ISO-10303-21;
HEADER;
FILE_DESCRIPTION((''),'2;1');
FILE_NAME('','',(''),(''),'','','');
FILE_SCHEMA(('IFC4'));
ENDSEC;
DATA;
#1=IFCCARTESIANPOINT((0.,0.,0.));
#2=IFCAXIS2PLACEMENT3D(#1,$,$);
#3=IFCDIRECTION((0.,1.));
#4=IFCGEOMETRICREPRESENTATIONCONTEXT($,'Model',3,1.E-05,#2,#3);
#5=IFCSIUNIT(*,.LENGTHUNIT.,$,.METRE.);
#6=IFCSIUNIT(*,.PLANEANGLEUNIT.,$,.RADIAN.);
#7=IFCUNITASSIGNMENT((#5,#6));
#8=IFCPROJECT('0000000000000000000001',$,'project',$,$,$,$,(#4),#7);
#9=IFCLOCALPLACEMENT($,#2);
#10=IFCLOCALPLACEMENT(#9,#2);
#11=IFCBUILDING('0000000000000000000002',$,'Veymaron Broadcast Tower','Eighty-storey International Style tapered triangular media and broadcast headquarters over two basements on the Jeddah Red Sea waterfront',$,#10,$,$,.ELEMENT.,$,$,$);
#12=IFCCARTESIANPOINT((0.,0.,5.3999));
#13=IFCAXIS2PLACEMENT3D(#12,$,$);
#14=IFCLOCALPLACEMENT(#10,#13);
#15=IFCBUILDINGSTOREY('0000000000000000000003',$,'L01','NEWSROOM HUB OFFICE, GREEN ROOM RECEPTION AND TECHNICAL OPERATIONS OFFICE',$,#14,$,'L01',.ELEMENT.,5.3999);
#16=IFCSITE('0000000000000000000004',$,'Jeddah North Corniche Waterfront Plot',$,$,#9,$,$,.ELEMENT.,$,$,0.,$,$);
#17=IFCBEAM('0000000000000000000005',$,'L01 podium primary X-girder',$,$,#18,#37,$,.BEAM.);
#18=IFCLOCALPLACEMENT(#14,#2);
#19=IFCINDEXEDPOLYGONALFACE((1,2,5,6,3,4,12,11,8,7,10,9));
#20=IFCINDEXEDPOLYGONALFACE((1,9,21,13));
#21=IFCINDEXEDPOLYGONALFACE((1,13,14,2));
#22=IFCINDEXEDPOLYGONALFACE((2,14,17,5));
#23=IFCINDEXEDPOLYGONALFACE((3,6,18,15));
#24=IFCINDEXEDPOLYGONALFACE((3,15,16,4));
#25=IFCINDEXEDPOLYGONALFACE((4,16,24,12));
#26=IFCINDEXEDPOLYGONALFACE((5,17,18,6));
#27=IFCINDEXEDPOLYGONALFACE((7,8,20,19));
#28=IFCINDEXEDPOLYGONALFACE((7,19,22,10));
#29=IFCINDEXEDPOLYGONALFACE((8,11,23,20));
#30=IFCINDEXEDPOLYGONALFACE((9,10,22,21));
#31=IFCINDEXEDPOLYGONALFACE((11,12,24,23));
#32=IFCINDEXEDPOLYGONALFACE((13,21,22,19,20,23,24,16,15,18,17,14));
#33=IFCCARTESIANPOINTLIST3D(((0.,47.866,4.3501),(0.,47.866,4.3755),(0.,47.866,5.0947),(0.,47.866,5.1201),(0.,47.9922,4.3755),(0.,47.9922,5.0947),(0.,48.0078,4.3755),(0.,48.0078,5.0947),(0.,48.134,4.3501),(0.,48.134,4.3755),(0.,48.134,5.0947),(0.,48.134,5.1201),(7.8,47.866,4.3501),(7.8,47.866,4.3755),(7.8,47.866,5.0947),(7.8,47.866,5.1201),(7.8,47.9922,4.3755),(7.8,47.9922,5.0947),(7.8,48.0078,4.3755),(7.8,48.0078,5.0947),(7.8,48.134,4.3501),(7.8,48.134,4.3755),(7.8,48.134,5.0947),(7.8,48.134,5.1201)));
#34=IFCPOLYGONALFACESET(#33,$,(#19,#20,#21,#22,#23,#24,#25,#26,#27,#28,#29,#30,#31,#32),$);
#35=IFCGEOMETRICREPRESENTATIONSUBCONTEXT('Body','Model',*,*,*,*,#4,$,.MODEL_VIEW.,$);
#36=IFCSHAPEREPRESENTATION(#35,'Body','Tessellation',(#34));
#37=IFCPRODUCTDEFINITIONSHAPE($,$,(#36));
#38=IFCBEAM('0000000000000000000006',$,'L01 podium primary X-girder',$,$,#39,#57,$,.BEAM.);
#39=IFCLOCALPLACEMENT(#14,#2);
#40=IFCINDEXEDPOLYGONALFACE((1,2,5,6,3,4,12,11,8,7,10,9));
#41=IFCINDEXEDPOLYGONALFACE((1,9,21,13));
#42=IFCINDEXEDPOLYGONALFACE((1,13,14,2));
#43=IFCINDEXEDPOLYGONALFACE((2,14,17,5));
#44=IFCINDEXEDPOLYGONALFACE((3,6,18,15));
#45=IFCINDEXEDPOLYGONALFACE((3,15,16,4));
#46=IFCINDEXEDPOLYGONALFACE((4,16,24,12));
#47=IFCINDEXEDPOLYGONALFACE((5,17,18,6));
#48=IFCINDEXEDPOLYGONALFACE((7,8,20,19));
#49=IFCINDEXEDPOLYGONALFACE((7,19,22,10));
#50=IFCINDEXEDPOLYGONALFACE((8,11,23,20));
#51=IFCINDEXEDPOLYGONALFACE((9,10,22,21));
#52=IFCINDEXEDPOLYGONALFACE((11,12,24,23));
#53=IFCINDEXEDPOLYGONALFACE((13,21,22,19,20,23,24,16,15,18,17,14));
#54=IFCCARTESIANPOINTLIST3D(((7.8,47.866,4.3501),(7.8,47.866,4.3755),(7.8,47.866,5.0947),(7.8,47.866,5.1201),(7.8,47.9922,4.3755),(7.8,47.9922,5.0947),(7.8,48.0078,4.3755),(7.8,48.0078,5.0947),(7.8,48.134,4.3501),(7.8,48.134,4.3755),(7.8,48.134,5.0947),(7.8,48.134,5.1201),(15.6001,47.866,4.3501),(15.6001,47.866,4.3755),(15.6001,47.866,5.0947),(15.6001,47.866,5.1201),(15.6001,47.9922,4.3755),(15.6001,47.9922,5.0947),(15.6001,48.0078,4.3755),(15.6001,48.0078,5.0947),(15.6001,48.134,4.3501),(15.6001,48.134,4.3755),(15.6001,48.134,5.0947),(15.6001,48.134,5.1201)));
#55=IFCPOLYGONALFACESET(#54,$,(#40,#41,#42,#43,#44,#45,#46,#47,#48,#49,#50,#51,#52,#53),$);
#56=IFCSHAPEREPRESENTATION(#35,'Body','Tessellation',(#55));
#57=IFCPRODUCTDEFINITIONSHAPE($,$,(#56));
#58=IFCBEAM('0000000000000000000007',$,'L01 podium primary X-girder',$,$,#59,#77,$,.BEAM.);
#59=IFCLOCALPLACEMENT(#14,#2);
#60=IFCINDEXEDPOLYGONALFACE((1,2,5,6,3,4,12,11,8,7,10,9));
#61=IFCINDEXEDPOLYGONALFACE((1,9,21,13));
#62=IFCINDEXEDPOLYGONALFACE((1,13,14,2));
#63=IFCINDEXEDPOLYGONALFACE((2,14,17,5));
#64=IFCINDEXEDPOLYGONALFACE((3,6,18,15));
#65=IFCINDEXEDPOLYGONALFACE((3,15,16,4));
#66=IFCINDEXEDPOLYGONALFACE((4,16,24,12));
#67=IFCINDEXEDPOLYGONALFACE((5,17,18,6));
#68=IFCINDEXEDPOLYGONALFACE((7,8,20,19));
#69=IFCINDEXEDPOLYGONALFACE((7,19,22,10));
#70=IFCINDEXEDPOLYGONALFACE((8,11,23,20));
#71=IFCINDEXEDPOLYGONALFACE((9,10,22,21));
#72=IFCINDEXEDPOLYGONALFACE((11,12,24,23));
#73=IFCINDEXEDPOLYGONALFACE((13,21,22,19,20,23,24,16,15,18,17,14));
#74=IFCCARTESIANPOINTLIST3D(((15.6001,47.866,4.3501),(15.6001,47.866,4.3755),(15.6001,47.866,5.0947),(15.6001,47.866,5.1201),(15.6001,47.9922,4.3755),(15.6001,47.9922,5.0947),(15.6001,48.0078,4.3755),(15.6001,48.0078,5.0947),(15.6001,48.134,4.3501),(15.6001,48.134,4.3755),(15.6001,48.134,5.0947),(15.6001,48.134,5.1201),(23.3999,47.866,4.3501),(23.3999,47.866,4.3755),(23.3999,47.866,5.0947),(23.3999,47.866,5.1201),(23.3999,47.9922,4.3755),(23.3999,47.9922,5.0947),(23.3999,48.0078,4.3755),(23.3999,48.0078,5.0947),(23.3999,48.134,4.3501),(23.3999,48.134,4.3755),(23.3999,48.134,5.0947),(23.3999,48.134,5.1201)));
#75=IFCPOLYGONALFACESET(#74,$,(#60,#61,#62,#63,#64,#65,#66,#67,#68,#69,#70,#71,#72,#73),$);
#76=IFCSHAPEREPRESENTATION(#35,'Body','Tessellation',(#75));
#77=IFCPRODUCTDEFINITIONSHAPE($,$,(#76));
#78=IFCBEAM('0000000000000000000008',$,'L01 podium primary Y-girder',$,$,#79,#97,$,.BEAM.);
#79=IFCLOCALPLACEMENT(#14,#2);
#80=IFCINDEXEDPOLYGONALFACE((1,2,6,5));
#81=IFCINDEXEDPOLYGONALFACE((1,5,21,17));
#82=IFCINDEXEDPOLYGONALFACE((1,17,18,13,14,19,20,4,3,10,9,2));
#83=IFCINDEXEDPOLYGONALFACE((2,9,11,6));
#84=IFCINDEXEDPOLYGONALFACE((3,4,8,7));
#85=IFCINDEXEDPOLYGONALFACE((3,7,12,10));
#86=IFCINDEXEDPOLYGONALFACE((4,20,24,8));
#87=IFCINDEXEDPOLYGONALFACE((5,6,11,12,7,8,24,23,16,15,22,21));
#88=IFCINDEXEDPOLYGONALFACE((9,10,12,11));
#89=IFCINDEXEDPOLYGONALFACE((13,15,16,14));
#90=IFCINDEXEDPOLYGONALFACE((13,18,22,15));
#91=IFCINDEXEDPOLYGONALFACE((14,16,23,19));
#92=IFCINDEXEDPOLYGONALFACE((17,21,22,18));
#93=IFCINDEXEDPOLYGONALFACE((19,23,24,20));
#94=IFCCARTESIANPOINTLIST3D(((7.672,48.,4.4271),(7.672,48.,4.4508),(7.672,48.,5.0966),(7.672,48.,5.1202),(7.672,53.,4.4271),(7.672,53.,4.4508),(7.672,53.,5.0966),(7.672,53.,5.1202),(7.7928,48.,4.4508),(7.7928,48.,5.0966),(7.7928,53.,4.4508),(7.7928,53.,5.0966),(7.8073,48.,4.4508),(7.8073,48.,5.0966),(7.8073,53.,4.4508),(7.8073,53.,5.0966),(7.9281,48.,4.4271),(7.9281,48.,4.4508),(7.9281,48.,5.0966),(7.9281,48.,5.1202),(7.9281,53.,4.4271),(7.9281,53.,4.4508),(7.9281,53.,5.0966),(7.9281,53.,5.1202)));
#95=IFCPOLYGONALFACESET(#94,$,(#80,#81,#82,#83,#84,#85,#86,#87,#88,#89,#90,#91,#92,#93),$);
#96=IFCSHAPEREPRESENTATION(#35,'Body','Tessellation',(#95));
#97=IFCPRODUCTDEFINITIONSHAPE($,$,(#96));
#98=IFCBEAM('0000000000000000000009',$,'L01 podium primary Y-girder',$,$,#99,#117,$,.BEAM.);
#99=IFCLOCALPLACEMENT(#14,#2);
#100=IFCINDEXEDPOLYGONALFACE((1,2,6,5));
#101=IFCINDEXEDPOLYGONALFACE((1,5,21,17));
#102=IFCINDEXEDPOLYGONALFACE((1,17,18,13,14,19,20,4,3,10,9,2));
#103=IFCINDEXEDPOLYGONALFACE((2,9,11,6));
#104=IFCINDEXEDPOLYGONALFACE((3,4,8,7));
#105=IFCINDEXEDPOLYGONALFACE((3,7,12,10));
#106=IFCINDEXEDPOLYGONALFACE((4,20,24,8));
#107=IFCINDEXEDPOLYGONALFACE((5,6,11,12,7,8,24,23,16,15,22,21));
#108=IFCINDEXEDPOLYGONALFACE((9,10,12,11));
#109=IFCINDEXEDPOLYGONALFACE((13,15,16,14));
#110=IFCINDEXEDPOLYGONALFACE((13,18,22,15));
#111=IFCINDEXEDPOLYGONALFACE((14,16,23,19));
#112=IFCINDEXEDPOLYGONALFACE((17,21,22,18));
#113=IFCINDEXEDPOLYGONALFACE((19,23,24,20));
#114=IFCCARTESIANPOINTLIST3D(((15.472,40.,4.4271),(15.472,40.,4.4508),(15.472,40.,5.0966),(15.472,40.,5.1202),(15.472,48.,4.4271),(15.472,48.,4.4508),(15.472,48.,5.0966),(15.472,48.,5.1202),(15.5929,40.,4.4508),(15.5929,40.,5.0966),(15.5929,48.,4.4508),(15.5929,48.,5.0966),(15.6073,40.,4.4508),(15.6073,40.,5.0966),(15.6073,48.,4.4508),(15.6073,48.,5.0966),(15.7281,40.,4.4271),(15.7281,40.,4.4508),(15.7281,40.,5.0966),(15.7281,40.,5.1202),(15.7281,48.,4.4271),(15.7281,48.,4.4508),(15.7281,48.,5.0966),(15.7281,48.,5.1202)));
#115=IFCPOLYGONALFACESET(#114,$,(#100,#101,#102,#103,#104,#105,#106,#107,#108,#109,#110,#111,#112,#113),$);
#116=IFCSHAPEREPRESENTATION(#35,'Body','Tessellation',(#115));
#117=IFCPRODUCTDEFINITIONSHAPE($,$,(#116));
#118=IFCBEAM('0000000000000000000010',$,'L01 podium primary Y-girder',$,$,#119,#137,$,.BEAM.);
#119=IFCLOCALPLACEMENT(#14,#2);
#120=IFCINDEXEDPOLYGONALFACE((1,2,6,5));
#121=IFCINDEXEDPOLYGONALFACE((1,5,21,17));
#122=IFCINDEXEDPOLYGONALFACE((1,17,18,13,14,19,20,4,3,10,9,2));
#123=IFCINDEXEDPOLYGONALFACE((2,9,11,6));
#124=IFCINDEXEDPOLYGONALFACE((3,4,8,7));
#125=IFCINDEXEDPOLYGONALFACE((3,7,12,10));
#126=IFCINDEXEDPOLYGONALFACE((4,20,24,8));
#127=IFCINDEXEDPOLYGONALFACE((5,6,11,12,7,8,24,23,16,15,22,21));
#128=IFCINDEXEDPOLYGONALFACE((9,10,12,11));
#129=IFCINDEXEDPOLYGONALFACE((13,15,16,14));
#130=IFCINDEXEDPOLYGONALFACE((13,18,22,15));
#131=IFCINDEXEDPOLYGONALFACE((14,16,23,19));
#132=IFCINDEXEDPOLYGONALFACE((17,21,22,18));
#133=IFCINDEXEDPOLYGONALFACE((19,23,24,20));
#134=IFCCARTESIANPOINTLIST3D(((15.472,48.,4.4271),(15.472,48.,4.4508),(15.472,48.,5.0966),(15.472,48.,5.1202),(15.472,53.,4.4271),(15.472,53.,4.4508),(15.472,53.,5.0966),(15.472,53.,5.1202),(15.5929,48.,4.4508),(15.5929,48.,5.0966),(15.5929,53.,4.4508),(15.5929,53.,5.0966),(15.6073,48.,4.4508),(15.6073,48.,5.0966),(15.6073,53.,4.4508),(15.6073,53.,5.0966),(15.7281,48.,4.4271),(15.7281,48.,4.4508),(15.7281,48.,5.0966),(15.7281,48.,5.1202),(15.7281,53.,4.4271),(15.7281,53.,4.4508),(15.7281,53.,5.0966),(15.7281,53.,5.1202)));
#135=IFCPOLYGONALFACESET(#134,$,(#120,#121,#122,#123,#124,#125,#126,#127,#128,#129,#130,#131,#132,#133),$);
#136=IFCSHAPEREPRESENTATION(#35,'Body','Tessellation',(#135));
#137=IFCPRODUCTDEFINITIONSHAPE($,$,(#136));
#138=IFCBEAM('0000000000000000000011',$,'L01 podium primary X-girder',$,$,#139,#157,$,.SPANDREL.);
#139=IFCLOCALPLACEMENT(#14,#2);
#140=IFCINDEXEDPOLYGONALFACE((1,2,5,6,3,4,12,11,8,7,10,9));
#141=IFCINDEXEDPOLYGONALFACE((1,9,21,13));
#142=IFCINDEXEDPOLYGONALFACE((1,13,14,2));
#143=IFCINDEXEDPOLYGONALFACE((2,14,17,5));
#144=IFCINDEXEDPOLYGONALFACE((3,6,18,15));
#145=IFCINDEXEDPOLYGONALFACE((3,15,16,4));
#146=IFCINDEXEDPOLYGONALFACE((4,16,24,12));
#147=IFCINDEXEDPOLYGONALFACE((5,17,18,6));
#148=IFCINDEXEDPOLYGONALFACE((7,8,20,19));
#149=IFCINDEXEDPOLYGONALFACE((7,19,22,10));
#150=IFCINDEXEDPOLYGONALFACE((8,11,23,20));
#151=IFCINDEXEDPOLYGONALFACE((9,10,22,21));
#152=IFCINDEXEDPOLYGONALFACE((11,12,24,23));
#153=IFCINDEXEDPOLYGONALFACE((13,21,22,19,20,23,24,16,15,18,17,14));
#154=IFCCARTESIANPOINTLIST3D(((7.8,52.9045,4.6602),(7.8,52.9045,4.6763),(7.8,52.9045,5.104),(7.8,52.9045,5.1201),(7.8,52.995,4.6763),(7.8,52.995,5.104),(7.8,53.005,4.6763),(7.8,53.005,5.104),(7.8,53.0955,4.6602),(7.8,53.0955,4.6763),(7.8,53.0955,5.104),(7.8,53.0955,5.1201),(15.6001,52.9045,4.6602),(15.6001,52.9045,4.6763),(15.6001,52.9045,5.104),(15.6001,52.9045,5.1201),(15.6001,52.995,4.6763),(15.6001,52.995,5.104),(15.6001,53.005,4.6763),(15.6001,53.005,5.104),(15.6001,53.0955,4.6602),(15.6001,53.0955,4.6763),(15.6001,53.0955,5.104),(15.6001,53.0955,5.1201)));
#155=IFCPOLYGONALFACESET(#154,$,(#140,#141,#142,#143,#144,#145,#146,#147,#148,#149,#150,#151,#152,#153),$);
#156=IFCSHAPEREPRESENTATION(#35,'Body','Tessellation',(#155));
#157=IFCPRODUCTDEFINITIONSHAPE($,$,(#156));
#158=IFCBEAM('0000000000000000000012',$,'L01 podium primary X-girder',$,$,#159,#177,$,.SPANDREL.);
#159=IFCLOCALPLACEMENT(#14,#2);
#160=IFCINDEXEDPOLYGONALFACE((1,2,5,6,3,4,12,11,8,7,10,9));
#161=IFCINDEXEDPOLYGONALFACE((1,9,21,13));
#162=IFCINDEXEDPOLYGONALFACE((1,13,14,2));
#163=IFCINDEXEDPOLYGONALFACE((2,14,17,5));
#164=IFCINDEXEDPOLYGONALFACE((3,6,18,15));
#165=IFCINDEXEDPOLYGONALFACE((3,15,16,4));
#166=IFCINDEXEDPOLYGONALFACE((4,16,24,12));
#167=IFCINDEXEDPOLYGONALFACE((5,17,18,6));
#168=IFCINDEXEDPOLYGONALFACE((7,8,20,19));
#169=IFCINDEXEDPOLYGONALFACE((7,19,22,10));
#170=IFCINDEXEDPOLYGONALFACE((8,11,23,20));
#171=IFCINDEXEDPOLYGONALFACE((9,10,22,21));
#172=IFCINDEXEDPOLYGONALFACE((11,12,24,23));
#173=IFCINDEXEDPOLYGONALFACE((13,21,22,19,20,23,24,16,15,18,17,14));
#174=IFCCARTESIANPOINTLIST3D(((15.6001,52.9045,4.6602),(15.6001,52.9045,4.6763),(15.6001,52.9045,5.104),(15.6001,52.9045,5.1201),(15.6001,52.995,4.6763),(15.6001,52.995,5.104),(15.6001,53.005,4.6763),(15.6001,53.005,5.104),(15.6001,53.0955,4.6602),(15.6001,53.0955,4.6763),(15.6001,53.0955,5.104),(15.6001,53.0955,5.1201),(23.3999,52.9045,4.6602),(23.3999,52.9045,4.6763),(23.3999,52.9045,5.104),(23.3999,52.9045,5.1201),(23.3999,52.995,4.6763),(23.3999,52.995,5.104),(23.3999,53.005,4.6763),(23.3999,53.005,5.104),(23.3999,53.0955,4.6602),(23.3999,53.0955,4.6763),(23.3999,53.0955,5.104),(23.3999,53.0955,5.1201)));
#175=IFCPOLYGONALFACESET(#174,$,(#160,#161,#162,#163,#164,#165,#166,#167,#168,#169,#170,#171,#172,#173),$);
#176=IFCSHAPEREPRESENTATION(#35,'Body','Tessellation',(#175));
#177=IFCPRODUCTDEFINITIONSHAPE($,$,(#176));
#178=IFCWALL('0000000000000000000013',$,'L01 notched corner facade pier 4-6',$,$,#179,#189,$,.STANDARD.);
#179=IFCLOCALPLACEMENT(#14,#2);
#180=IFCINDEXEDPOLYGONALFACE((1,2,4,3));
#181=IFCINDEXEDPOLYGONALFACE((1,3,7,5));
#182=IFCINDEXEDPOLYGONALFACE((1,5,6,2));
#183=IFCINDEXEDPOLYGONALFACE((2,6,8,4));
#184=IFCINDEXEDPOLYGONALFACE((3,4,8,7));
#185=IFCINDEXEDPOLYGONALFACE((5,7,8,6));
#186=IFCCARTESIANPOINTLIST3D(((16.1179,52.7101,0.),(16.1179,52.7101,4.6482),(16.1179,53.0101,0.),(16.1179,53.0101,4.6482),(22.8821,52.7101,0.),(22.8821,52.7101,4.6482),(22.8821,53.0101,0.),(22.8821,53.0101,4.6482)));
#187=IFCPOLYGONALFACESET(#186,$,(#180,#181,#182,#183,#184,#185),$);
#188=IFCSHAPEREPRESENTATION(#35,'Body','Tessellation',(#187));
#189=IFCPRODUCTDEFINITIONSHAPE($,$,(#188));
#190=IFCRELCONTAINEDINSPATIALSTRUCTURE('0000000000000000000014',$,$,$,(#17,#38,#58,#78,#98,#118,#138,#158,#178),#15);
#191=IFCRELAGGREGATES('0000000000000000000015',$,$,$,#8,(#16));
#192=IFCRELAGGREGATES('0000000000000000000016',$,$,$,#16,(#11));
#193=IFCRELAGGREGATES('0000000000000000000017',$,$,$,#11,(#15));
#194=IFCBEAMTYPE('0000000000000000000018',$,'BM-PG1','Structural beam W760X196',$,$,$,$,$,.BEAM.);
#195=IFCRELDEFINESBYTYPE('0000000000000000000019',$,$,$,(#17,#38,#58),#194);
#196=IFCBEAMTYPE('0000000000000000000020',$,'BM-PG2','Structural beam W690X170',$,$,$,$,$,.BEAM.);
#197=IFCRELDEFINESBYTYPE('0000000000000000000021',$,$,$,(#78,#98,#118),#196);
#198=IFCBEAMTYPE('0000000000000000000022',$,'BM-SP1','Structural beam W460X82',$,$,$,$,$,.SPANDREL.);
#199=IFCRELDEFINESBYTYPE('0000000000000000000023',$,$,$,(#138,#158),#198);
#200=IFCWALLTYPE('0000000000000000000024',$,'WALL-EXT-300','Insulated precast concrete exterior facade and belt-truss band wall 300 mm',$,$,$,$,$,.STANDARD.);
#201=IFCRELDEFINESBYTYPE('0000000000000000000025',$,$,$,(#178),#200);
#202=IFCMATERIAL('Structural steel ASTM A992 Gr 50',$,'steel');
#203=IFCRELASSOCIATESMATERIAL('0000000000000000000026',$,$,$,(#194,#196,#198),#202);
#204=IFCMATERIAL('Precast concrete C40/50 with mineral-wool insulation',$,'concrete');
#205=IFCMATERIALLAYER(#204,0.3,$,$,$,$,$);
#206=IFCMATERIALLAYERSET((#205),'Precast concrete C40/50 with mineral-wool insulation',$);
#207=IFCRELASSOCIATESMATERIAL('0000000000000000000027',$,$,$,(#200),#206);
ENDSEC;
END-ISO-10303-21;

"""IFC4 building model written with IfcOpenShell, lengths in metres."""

from ifc_helpers import new_model, si_unit, direction, frame, frame_2d, origin, origin_2d, place, context, subcontext, project, spatial, rectangle, i_section, extrude, material, layer, layer_set, material_profile, profile_set, type_object, element, save


model = new_model("IFC4")

# Units and contexts
model_context = context("Model", 3, precision=1e-05, world=origin(), true_north=direction((0.0, 1.0)))
body_context = subcontext(model_context, "Body", "Model", "MODEL_VIEW")
ifc_project = project(units=[si_unit("LENGTHUNIT", "METRE"), si_unit("PLANEANGLEUNIT", "RADIAN")], contexts=[model_context])

# Site, building, storey
site_placement = place(None, origin())
site = spatial("IfcSite", under=ifc_project, at=site_placement, Name="Jeddah North Corniche Waterfront Plot", CompositionType="ELEMENT", RefElevation=0.0)
building_placement = place(site_placement, origin())
building = spatial("IfcBuilding", under=site, at=building_placement, Name="Veymaron Broadcast Tower", Description="Eighty-storey International Style tapered triangular media and broadcast headquarters over two basements on the Jeddah Red Sea waterfront", CompositionType="ELEMENT")
storey_placement = place(building_placement, frame((0.0, 0.0, 5.3999)))
storey = spatial("IfcBuildingStorey", under=building, at=storey_placement, Name="L01", Description="NEWSROOM HUB OFFICE, GREEN ROOM RECEPTION AND TECHNICAL OPERATIONS OFFICE", LongName="L01", CompositionType="ELEMENT", Elevation=5.3999)

# Beams
ifc_material_1 = material(Name="Structural steel ASTM A992 Gr 50", Category="steel")
ifc_material_profile_1 = material_profile(ifc_material_1, i_section(OverallWidth=0.2681, OverallDepth=0.77, WebThickness=0.0156, FlangeThickness=0.0254, at=origin_2d()), Name="W760X196")
ifc_profile_set_1 = profile_set([ifc_material_profile_1], Name="Structural steel ASTM A992 Gr 50")
beam_type_1 = type_object("IfcBeamType", Name="BM-PG1", Description="Structural beam W760X196", PredefinedType="BEAM", material=ifc_profile_set_1)
for number, where, z_axis, x_axis, name in (
    (1, (0.0, 48.0, 4.7351), (1.0, 0.0, 0.0), (0.0, 1.0, 0.0), "L01 podium primary X-girder"),
    (2, (7.8, 48.0, 4.7351), (1.0, 0.0, 0.0), (0.0, 1.0, 0.0), "L01 podium primary X-girder"),
):
    element("IfcBeam", number, at=place(storey_placement, frame(where, z_axis=z_axis, x_axis=x_axis)), inside=storey, type_object=beam_type_1, Name=name, PredefinedType="BEAM", context=body_context, shape_type="SweptSolid", body=[
        extrude(i_section(OverallWidth=0.2681, OverallDepth=0.77, WebThickness=0.0156, FlangeThickness=0.0254, at=origin_2d()), origin(), (0.0, 0.0, 1.0), 7.8),
    ])
beam_1_placement = place(storey_placement, frame((15.6001, 48.0, 4.7351), z_axis=(1.0, 0.0, 0.0), x_axis=(0.0, 1.0, 0.0)))
element("IfcBeam", 3, at=beam_1_placement, inside=storey, type_object=beam_type_1, Name="L01 podium primary X-girder", PredefinedType="BEAM", context=body_context, shape_type="SweptSolid", body=[
    extrude(i_section(OverallWidth=0.2681, OverallDepth=0.77, WebThickness=0.0156, FlangeThickness=0.0254, at=origin_2d()), origin(), (0.0, 0.0, 1.0), 7.7998),
])
ifc_material_profile_2 = material_profile(ifc_material_1, i_section(OverallWidth=0.2561, OverallDepth=0.6931, WebThickness=0.0144, FlangeThickness=0.0237, at=origin_2d()), Name="W690X170")
ifc_profile_set_2 = profile_set([ifc_material_profile_2], Name="Structural steel ASTM A992 Gr 50")
beam_type_2 = type_object("IfcBeamType", Name="BM-PG2", Description="Structural beam W690X170", PredefinedType="BEAM", material=ifc_profile_set_2)
beam_2_placement = place(storey_placement, frame((7.8, 48.0, 4.7737), z_axis=(0.0, 1.0, 0.0), x_axis=(-1.0, 0.0, 0.0)))
element("IfcBeam", 4, at=beam_2_placement, inside=storey, type_object=beam_type_2, Name="L01 podium primary Y-girder", PredefinedType="BEAM", context=body_context, shape_type="SweptSolid", body=[
    extrude(i_section(OverallWidth=0.2561, OverallDepth=0.6931, WebThickness=0.0144, FlangeThickness=0.0237, at=origin_2d()), origin(), (0.0, 0.0, 1.0), 5.0),
])
beam_3_placement = place(storey_placement, frame((15.6001, 40.0, 4.7737), z_axis=(0.0, 1.0, 0.0), x_axis=(-1.0, 0.0, 0.0)))
element("IfcBeam", 5, at=beam_3_placement, inside=storey, type_object=beam_type_2, Name="L01 podium primary Y-girder", PredefinedType="BEAM", context=body_context, shape_type="SweptSolid", body=[
    extrude(i_section(OverallWidth=0.2561, OverallDepth=0.6931, WebThickness=0.0144, FlangeThickness=0.0237, at=origin_2d()), origin(), (0.0, 0.0, 1.0), 8.0),
])
beam_4_placement = place(storey_placement, frame((15.6001, 48.0, 4.7737), z_axis=(0.0, 1.0, 0.0), x_axis=(-1.0, 0.0, 0.0)))
element("IfcBeam", 6, at=beam_4_placement, inside=storey, type_object=beam_type_2, Name="L01 podium primary Y-girder", PredefinedType="BEAM", context=body_context, shape_type="SweptSolid", body=[
    extrude(i_section(OverallWidth=0.2561, OverallDepth=0.6931, WebThickness=0.0144, FlangeThickness=0.0237, at=origin_2d()), origin(), (0.0, 0.0, 1.0), 5.0),
])
ifc_material_profile_3 = material_profile(ifc_material_1, i_section(OverallWidth=0.1909, OverallDepth=0.46, WebThickness=0.01, FlangeThickness=0.0161, at=origin_2d()), Name="W460X82")
ifc_profile_set_3 = profile_set([ifc_material_profile_3], Name="Structural steel ASTM A992 Gr 50")
beam_type_3 = type_object("IfcBeamType", Name="BM-SP1", Description="Structural beam W460X82", PredefinedType="SPANDREL", material=ifc_profile_set_3)
beam_5_placement = place(storey_placement, frame((7.8, 53.0, 4.8901), z_axis=(1.0, 0.0, 0.0), x_axis=(0.0, 1.0, 0.0)))
element("IfcBeam", 7, at=beam_5_placement, inside=storey, type_object=beam_type_3, Name="L01 podium primary X-girder", PredefinedType="SPANDREL", context=body_context, shape_type="SweptSolid", body=[
    extrude(i_section(OverallWidth=0.1909, OverallDepth=0.46, WebThickness=0.01, FlangeThickness=0.0161, at=origin_2d()), origin(), (0.0, 0.0, 1.0), 7.8),
])
beam_6_placement = place(storey_placement, frame((15.6001, 53.0, 4.8901), z_axis=(1.0, 0.0, 0.0), x_axis=(0.0, 1.0, 0.0)))
element("IfcBeam", 8, at=beam_6_placement, inside=storey, type_object=beam_type_3, Name="L01 podium primary X-girder", PredefinedType="SPANDREL", context=body_context, shape_type="SweptSolid", body=[
    extrude(i_section(OverallWidth=0.1909, OverallDepth=0.46, WebThickness=0.01, FlangeThickness=0.0161, at=origin_2d()), origin(), (0.0, 0.0, 1.0), 7.7998),
])

# Wall
ifc_material_2 = material(Name="Precast concrete C40/50 with mineral-wool insulation", Category="concrete")
ifc_layer_1 = layer(ifc_material_2, 0.3)
ifc_layer_set_1 = layer_set([ifc_layer_1], Name="Precast concrete C40/50 with mineral-wool insulation")
wall_type_1 = type_object("IfcWallType", Name="WALL-EXT-300", Description="Insulated precast concrete exterior facade and belt-truss band wall 300 mm", PredefinedType="STANDARD", material=ifc_layer_set_1)
wall_1_placement = place(storey_placement, frame((22.8821, 52.8601, 0.0), z_axis=(0.0, 0.0, 1.0), x_axis=(-1.0, 0.0, 0.0)))
element("IfcWall", 9, at=wall_1_placement, inside=storey, type_object=wall_type_1, Name="L01 notched corner facade pier 4-6", PredefinedType="STANDARD", context=body_context, shape_type="SweptSolid", body=[
    extrude(rectangle(XDim=6.7642, YDim=0.3, at=frame_2d((3.3821, 0.0))), origin(), (0.0, 0.0, 1.0), 4.6482),
])

save(model, "model.ifc")
